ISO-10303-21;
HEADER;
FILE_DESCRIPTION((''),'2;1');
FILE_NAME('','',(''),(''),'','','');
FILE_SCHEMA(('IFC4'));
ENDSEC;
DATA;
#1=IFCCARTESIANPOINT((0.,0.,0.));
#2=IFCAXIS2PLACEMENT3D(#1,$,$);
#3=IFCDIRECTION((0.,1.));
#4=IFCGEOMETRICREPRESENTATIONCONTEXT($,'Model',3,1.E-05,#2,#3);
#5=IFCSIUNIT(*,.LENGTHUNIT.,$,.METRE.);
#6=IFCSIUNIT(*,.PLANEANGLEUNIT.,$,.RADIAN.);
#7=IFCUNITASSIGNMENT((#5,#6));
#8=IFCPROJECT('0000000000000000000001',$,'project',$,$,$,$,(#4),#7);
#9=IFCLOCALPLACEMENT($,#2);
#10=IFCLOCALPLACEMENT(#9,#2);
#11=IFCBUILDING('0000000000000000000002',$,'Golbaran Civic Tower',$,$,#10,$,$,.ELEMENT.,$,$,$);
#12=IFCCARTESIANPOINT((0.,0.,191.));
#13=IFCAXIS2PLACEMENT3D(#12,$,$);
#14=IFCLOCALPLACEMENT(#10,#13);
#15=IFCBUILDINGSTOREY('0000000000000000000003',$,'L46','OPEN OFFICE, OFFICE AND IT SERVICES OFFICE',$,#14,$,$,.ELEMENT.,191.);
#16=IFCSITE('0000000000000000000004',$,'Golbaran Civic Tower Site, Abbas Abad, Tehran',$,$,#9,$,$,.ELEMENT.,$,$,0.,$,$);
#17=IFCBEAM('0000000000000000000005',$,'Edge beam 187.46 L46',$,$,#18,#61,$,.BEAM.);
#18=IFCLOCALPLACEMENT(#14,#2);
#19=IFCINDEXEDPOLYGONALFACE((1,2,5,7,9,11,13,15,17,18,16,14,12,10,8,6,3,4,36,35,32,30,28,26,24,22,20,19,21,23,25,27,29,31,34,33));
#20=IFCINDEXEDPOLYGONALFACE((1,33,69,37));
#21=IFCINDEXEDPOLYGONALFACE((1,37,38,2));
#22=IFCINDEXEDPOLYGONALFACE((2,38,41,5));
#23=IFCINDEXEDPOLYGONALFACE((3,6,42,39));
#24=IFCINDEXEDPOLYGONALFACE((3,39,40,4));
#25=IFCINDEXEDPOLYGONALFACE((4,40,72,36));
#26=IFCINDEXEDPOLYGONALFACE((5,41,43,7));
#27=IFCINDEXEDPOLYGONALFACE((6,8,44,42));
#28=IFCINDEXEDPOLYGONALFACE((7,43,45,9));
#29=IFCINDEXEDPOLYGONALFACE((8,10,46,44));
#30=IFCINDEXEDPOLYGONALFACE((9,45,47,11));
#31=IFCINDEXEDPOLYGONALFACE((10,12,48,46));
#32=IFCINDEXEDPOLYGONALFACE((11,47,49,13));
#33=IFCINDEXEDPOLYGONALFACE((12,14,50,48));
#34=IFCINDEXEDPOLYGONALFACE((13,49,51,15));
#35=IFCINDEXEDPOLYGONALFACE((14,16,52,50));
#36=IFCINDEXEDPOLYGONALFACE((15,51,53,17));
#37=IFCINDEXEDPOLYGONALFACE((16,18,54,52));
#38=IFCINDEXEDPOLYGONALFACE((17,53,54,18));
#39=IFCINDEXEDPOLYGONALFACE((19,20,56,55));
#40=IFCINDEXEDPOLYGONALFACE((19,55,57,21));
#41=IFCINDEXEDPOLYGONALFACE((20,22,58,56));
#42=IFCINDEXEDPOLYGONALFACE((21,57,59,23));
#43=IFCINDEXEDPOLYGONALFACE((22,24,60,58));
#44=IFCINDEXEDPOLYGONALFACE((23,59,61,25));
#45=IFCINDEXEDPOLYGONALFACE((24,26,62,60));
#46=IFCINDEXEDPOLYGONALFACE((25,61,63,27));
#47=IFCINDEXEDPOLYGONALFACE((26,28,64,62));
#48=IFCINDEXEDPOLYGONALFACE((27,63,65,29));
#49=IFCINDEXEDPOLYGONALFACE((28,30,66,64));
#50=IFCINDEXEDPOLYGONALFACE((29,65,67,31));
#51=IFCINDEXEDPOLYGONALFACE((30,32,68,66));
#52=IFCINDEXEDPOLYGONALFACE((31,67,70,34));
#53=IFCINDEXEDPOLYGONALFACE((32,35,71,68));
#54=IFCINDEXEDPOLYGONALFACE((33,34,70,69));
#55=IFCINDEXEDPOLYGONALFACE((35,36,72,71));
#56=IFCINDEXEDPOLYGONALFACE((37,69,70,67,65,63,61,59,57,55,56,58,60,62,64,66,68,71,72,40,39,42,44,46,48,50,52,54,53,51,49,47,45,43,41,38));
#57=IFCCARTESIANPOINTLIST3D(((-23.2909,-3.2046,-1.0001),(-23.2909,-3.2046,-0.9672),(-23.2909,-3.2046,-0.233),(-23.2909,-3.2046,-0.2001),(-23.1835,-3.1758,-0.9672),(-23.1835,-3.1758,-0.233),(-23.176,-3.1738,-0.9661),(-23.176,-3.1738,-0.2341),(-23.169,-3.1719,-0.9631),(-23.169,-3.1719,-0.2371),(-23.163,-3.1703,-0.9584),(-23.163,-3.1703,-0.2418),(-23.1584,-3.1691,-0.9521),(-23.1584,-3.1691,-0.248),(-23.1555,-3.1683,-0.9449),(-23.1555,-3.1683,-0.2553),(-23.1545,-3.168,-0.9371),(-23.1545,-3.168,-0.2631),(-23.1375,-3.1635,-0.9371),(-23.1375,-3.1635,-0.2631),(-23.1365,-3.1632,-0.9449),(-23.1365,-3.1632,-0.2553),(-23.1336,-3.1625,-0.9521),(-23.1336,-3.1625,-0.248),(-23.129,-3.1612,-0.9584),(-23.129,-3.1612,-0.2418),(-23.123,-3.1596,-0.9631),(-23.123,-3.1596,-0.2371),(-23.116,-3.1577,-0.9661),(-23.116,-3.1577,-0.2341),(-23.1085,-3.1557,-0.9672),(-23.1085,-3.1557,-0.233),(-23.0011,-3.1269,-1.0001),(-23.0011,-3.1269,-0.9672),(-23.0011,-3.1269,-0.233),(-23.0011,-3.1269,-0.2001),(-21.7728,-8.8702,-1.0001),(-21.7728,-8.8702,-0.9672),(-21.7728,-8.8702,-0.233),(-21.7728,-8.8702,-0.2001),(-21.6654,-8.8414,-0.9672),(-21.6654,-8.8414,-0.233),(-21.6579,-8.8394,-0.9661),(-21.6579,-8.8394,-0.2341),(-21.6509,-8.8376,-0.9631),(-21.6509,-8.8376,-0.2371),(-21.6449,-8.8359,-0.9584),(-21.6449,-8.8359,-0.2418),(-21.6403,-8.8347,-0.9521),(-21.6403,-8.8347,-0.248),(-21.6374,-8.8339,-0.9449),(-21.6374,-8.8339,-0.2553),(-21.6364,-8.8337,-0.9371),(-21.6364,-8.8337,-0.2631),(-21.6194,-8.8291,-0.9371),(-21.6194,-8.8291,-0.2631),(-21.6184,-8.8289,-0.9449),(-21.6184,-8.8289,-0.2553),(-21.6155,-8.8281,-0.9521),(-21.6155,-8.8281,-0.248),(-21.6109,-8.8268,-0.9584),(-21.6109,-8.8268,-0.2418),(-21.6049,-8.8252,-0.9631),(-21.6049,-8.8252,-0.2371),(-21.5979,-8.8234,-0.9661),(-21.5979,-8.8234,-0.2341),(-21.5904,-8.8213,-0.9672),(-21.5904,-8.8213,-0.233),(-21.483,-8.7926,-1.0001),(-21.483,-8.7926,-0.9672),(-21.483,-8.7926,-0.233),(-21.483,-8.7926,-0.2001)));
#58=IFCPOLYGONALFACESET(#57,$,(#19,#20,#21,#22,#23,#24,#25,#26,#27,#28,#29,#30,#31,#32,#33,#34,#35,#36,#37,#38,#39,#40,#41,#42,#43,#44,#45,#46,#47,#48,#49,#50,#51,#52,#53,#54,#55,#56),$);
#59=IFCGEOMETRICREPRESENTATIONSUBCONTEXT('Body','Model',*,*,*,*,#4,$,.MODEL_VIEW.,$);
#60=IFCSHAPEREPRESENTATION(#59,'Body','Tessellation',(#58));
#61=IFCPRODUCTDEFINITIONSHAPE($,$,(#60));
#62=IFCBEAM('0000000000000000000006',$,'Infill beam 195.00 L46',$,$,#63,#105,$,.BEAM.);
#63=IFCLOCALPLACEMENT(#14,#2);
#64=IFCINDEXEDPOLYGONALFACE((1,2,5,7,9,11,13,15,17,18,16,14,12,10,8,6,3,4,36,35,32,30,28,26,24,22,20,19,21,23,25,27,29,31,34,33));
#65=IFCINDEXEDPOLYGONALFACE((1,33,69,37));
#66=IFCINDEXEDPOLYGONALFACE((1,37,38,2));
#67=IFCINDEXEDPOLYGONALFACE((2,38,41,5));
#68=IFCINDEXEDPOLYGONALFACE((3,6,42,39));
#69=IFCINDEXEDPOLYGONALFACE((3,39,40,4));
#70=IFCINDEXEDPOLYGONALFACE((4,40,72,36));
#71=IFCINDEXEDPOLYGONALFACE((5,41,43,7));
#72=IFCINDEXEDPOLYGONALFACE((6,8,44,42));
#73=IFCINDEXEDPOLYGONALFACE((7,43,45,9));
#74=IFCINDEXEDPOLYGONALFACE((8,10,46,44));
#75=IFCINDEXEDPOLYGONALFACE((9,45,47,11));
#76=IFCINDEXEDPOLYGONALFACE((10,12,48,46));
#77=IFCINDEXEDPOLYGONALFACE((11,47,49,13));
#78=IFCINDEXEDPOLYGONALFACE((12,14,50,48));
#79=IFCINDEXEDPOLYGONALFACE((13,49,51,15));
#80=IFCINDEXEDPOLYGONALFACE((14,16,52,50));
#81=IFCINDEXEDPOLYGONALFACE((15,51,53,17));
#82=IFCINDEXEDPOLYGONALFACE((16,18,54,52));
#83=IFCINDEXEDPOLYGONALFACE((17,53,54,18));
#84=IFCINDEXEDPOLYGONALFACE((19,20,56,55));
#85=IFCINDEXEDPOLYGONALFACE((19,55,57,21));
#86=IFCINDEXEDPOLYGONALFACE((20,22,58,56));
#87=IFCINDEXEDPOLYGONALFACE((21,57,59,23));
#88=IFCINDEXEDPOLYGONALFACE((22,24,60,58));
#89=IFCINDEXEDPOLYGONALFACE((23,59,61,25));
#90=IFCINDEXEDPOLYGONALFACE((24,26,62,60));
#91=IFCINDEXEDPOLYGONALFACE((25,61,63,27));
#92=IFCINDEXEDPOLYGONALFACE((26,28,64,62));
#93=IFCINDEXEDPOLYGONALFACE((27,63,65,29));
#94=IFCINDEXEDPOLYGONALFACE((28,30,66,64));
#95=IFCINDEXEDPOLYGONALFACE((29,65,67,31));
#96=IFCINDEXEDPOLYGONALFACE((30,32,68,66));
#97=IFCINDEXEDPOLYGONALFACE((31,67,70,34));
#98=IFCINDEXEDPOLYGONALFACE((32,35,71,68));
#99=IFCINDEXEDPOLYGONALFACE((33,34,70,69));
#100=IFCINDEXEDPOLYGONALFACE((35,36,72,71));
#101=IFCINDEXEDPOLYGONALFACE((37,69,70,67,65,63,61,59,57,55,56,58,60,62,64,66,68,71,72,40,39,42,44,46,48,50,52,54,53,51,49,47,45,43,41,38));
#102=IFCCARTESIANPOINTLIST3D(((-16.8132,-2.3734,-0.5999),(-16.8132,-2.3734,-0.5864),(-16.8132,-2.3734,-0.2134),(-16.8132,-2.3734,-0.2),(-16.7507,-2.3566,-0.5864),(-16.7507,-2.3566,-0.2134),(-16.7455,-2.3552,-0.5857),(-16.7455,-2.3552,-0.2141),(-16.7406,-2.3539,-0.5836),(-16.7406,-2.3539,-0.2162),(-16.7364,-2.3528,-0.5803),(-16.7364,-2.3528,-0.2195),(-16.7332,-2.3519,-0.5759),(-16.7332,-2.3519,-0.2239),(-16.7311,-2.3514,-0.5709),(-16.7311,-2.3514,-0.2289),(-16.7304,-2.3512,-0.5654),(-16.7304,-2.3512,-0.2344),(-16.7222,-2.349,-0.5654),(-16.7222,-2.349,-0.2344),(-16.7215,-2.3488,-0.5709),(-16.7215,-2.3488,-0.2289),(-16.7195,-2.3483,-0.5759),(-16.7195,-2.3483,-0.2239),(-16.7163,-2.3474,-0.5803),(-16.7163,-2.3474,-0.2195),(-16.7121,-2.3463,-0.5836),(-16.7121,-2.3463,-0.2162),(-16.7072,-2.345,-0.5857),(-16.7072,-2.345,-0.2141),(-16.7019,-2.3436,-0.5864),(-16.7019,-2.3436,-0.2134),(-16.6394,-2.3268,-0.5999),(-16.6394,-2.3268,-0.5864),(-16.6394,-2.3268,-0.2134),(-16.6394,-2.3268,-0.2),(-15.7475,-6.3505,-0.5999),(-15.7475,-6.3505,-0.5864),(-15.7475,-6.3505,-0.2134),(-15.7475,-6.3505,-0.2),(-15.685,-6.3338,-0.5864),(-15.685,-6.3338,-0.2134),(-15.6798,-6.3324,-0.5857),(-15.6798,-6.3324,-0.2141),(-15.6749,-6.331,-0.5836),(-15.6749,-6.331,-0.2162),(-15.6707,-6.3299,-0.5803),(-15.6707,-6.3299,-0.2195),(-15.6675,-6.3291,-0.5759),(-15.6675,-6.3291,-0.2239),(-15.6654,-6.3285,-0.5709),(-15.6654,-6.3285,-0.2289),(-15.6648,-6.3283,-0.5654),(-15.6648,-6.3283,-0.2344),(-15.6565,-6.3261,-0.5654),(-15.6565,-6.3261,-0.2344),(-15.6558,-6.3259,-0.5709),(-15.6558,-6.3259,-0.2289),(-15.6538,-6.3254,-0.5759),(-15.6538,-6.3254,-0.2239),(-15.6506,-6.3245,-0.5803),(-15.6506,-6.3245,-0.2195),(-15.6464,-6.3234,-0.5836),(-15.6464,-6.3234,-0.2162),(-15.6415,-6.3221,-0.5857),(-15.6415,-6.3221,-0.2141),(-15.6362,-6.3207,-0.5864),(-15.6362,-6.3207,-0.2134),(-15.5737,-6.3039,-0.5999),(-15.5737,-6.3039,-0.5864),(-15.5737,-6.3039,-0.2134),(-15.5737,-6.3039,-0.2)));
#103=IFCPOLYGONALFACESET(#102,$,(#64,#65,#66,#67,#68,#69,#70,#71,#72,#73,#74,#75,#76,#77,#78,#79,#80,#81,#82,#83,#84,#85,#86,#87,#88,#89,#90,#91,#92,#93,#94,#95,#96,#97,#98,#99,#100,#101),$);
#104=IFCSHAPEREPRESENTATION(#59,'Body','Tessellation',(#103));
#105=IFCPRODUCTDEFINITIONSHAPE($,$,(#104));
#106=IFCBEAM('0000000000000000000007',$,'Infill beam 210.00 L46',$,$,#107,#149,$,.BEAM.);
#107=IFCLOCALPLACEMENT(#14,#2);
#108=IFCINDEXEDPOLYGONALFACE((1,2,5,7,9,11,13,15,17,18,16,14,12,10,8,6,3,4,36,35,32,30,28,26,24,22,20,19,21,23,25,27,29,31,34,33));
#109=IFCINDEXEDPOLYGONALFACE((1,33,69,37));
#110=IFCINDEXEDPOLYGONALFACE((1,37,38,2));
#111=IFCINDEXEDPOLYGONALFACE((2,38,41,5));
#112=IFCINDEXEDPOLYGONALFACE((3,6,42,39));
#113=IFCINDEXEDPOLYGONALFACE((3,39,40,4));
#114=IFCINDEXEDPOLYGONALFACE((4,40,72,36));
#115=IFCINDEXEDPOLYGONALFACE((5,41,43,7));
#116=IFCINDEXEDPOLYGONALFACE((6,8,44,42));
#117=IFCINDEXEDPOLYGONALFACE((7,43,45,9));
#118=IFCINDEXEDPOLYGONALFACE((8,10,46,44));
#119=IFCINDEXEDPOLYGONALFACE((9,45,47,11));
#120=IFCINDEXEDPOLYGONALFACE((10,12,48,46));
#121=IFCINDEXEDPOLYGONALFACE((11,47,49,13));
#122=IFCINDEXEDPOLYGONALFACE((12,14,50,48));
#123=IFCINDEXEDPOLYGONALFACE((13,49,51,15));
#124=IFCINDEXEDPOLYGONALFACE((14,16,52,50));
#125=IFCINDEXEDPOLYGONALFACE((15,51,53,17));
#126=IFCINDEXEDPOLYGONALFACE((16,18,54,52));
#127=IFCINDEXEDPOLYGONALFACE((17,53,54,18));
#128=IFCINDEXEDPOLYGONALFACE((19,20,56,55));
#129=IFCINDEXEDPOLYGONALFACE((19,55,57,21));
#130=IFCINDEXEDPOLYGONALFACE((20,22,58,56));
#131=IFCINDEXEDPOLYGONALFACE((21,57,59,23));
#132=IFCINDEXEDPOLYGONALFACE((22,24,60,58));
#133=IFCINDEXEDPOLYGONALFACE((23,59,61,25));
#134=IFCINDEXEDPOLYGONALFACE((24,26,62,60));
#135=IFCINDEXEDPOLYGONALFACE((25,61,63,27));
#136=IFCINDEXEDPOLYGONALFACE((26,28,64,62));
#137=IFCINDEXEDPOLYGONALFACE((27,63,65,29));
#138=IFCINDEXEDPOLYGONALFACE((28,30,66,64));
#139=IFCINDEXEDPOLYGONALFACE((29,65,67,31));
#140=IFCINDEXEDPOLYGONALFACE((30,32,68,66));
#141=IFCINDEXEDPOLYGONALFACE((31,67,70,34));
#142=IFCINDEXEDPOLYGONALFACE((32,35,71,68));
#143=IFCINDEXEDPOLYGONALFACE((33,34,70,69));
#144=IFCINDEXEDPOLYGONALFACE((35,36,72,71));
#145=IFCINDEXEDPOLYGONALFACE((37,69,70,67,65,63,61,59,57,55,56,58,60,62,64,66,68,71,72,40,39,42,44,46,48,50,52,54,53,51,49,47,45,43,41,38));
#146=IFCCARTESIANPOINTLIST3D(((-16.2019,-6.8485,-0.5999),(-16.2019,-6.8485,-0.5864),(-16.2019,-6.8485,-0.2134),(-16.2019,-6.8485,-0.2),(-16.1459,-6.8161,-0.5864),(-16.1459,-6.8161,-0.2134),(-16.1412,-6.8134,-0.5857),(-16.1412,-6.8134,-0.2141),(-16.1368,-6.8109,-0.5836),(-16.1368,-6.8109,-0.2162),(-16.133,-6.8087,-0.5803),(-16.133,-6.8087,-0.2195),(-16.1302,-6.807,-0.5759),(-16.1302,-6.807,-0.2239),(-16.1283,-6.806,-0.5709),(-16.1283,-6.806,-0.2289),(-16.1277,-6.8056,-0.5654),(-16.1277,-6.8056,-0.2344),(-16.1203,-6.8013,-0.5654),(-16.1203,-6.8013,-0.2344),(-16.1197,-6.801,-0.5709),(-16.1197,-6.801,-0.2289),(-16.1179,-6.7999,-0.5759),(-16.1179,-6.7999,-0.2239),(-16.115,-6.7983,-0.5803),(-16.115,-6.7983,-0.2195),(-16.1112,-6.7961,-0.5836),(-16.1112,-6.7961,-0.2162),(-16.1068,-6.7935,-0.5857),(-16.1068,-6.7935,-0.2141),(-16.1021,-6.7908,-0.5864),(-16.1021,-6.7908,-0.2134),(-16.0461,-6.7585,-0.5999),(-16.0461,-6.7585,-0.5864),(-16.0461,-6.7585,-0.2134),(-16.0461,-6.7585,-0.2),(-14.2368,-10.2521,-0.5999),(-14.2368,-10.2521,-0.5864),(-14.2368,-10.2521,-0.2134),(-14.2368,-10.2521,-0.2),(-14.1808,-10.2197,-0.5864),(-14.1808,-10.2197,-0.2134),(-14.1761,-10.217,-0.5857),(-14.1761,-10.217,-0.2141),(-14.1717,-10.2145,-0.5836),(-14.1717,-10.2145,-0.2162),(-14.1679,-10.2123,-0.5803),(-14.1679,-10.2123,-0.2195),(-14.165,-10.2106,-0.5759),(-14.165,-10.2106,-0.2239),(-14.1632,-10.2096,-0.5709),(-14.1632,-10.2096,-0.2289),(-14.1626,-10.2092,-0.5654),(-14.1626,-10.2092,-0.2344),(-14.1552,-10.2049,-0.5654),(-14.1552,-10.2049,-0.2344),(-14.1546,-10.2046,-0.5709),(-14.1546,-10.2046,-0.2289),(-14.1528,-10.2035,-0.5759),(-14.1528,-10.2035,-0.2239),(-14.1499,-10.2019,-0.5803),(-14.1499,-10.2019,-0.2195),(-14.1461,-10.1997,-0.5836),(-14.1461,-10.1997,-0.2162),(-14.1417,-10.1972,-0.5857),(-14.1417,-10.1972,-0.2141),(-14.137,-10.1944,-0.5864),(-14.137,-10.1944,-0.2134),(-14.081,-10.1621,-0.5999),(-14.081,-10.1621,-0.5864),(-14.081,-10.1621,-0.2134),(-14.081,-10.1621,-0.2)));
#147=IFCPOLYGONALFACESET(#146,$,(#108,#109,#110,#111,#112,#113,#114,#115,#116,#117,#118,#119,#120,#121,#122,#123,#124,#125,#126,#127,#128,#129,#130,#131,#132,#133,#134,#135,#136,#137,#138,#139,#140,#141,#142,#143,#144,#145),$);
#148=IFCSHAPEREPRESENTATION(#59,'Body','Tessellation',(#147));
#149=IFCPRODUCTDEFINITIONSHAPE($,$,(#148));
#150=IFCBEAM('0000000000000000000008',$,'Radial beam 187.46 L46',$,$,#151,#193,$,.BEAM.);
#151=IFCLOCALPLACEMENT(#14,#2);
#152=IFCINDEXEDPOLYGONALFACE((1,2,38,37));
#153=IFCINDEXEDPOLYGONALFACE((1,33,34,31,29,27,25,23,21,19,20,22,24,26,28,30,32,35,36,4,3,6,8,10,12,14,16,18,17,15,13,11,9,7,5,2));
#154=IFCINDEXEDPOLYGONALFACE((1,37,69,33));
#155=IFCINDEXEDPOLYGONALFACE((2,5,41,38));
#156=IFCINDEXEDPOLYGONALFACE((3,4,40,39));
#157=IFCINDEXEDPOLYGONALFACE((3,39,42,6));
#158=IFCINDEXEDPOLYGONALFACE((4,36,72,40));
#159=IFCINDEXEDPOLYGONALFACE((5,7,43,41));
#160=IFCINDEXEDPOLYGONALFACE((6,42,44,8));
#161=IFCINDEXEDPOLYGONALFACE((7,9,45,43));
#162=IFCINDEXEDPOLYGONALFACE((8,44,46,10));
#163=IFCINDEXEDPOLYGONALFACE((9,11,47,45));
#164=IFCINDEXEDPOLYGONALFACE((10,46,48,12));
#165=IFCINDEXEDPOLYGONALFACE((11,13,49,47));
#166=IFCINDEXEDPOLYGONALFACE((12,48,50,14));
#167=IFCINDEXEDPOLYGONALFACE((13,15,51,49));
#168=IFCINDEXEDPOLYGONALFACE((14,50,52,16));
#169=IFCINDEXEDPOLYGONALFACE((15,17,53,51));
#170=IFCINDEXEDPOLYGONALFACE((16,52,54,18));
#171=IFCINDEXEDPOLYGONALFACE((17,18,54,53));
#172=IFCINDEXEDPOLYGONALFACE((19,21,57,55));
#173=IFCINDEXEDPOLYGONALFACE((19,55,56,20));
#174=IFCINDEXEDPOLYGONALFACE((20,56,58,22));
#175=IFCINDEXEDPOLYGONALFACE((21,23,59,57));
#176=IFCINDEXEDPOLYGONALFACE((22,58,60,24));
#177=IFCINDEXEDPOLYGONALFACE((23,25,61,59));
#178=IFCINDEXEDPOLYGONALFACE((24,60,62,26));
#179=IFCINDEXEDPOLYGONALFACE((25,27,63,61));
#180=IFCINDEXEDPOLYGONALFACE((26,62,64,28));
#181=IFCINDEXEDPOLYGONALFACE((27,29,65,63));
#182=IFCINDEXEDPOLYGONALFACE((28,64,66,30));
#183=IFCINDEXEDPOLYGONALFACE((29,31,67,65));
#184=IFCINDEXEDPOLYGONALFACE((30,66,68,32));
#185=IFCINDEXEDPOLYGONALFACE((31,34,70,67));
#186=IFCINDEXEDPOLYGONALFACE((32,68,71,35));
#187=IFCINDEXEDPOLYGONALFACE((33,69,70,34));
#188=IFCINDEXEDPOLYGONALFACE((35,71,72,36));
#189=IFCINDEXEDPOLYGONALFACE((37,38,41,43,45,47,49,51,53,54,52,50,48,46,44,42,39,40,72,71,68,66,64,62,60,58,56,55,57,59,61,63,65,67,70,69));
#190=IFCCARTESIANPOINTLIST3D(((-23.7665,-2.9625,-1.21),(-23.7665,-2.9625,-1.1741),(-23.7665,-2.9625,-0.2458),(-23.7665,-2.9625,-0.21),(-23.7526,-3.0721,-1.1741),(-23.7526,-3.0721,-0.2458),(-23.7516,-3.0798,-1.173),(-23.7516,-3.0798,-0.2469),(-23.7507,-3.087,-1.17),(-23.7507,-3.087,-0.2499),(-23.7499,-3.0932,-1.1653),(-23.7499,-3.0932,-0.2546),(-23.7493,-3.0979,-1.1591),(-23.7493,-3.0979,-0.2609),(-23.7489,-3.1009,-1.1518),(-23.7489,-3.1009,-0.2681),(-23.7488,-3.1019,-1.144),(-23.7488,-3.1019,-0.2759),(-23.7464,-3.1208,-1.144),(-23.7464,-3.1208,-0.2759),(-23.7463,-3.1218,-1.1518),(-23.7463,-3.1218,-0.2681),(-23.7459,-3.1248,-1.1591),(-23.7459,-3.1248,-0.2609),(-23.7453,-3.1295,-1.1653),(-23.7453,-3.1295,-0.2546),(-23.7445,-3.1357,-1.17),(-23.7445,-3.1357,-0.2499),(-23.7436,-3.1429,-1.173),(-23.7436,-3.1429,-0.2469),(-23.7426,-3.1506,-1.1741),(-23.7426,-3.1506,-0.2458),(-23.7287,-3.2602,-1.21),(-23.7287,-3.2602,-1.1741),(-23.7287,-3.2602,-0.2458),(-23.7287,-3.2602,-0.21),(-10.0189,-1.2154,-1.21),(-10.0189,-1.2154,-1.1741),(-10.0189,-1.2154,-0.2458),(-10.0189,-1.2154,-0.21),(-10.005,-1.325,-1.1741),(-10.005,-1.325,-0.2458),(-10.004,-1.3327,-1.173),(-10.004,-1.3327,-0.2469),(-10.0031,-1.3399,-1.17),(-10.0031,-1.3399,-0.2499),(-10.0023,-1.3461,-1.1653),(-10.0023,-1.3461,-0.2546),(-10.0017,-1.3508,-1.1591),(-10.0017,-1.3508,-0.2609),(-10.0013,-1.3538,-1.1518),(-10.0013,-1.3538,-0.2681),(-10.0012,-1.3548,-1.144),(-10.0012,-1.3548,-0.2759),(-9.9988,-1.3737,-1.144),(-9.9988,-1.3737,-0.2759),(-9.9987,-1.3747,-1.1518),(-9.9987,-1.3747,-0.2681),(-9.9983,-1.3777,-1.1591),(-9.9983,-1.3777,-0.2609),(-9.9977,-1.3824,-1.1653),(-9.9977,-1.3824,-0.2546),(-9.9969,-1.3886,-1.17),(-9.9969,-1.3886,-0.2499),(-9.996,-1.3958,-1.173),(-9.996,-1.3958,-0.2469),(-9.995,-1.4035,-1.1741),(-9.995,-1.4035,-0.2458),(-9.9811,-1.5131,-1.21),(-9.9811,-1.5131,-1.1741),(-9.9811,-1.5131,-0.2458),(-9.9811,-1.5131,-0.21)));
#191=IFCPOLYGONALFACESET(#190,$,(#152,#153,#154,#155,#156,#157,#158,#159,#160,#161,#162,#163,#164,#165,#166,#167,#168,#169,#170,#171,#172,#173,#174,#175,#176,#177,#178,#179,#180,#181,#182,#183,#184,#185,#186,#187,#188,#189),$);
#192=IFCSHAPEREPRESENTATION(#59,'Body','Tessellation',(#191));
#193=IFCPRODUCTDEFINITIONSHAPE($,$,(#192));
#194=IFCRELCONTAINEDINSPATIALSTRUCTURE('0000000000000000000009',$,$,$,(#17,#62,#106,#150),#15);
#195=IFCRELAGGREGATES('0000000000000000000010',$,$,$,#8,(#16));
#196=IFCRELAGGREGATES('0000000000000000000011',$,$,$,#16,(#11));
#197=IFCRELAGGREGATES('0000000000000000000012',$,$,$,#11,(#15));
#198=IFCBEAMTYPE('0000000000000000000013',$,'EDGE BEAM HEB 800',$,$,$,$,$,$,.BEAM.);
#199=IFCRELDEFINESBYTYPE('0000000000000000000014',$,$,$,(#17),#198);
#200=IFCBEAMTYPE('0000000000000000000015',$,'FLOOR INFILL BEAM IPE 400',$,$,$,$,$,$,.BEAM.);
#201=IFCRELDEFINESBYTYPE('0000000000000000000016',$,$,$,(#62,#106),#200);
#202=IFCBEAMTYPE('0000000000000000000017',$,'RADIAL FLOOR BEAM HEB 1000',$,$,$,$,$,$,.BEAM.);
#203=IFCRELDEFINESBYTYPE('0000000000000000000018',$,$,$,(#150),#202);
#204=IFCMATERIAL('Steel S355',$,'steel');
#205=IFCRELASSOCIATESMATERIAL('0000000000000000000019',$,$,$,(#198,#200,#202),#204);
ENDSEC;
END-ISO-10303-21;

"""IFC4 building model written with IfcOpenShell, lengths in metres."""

from ifc_helpers import new_model, si_unit, direction, frame, origin, origin_2d, place, context, subcontext, project, spatial, i_section, extrude, material, material_profile, profile_set, type_object, element, save


model = new_model("IFC4")

# Units and contexts
model_context = context("Model", 3, precision=1e-05, world=origin(), true_north=direction((0.0, 1.0)))
body_context = subcontext(model_context, "Body", "Model", "MODEL_VIEW")
ifc_project = project(units=[si_unit("LENGTHUNIT", "METRE"), si_unit("PLANEANGLEUNIT", "RADIAN")], contexts=[model_context])

# Site, building, storey
site_placement = place(None, origin())
site = spatial("IfcSite", under=ifc_project, at=site_placement, Name="Golbaran Civic Tower Site, Abbas Abad, Tehran", CompositionType="ELEMENT", RefElevation=0.0)
building_placement = place(site_placement, origin())
building = spatial("IfcBuilding", under=site, at=building_placement, Name="Golbaran Civic Tower", CompositionType="ELEMENT")
storey_placement = place(building_placement, frame((0.0, 0.0, 191.0)))
storey = spatial("IfcBuildingStorey", under=building, at=storey_placement, Name="L46", Description="OPEN OFFICE, OFFICE AND IT SERVICES OFFICE", CompositionType="ELEMENT", Elevation=191.0)

# Beams
ifc_material_1 = material(Name="Steel S355", Category="steel")
ifc_material_profile_1 = material_profile(ifc_material_1, i_section(OverallWidth=0.3, OverallDepth=0.8, WebThickness=0.0176, FlangeThickness=0.033, FilletRadius=0.03, at=origin_2d()), Name="HEB 800")
ifc_profile_set_1 = profile_set([ifc_material_profile_1], Name="Steel S355")
beam_type_1 = type_object("IfcBeamType", Name="EDGE BEAM HEB 800", PredefinedType="BEAM", material=ifc_profile_set_1)
beam_1_placement = place(storey_placement, frame((-23.146, -3.1658, -0.6001), z_axis=(0.258818, -0.965926, 0.0), x_axis=(0.965926, 0.258818, 0.0)))
element("IfcBeam", 1, at=beam_1_placement, inside=storey, type_object=beam_type_1, Name="Edge beam 187.46 L46", PredefinedType="BEAM", context=body_context, shape_type="SweptSolid", body=[
    extrude(i_section(OverallWidth=0.3, OverallDepth=0.8, WebThickness=0.0176, FlangeThickness=0.033, FilletRadius=0.03, at=origin_2d()), origin(), (0.0, 0.0, 1.0), 5.8655),
])
ifc_material_profile_2 = material_profile(ifc_material_1, i_section(OverallWidth=0.1799, OverallDepth=0.3999, WebThickness=0.0085, FlangeThickness=0.0134, FilletRadius=0.021, at=origin_2d()), Name="IPE 400")
ifc_profile_set_2 = profile_set([ifc_material_profile_2], Name="Steel S355")
beam_type_2 = type_object("IfcBeamType", Name="FLOOR INFILL BEAM IPE 400", PredefinedType="BEAM", material=ifc_profile_set_2)
beam_2_placement = place(storey_placement, frame((-16.7263, -2.3501, -0.3999), z_axis=(0.258825, -0.965924, 0.0), x_axis=(0.965924, 0.258825, 0.0)))
element("IfcBeam", 2, at=beam_2_placement, inside=storey, type_object=beam_type_2, Name="Infill beam 195.00 L46", PredefinedType="BEAM", context=body_context, shape_type="SweptSolid", body=[
    extrude(i_section(OverallWidth=0.1799, OverallDepth=0.3999, WebThickness=0.0085, FlangeThickness=0.0134, FilletRadius=0.021, at=origin_2d()), origin(), (0.0, 0.0, 1.0), 4.1174),
])
beam_3_placement = place(storey_placement, frame((-16.124, -6.8035, -0.3999), z_axis=(0.500007, -0.866021, 0.0), x_axis=(0.866021, 0.500007, 0.0)))
element("IfcBeam", 3, at=beam_3_placement, inside=storey, type_object=beam_type_2, Name="Infill beam 210.00 L46", PredefinedType="BEAM", context=body_context, shape_type="SweptSolid", body=[
    extrude(i_section(OverallWidth=0.1799, OverallDepth=0.3999, WebThickness=0.0085, FlangeThickness=0.0134, FilletRadius=0.021, at=origin_2d()), origin(), (0.0, 0.0, 1.0), 3.9302),
])
ifc_material_profile_3 = material_profile(ifc_material_1, i_section(OverallWidth=0.3, OverallDepth=1.0, WebThickness=0.019, FlangeThickness=0.0359, FilletRadius=0.03, at=origin_2d()), Name="HEB 1000")
ifc_profile_set_3 = profile_set([ifc_material_profile_3], Name="Steel S355")
beam_type_3 = type_object("IfcBeamType", Name="RADIAL FLOOR BEAM HEB 1000", PredefinedType="BEAM", material=ifc_profile_set_3)
beam_4_placement = place(storey_placement, frame((-10.0, -1.3643, -0.71), z_axis=(-0.992022, -0.126068, 0.0), x_axis=(0.126068, -0.992022, 0.0)))
element("IfcBeam", 4, at=beam_4_placement, inside=storey, type_object=beam_type_3, Name="Radial beam 187.46 L46", PredefinedType="BEAM", context=body_context, shape_type="SweptSolid", body=[
    extrude(i_section(OverallWidth=0.3, OverallDepth=1.0, WebThickness=0.019, FlangeThickness=0.0359, FilletRadius=0.03, at=origin_2d()), origin(), (0.0, 0.0, 1.0), 13.8582),
])

save(model, "model.ifc")
